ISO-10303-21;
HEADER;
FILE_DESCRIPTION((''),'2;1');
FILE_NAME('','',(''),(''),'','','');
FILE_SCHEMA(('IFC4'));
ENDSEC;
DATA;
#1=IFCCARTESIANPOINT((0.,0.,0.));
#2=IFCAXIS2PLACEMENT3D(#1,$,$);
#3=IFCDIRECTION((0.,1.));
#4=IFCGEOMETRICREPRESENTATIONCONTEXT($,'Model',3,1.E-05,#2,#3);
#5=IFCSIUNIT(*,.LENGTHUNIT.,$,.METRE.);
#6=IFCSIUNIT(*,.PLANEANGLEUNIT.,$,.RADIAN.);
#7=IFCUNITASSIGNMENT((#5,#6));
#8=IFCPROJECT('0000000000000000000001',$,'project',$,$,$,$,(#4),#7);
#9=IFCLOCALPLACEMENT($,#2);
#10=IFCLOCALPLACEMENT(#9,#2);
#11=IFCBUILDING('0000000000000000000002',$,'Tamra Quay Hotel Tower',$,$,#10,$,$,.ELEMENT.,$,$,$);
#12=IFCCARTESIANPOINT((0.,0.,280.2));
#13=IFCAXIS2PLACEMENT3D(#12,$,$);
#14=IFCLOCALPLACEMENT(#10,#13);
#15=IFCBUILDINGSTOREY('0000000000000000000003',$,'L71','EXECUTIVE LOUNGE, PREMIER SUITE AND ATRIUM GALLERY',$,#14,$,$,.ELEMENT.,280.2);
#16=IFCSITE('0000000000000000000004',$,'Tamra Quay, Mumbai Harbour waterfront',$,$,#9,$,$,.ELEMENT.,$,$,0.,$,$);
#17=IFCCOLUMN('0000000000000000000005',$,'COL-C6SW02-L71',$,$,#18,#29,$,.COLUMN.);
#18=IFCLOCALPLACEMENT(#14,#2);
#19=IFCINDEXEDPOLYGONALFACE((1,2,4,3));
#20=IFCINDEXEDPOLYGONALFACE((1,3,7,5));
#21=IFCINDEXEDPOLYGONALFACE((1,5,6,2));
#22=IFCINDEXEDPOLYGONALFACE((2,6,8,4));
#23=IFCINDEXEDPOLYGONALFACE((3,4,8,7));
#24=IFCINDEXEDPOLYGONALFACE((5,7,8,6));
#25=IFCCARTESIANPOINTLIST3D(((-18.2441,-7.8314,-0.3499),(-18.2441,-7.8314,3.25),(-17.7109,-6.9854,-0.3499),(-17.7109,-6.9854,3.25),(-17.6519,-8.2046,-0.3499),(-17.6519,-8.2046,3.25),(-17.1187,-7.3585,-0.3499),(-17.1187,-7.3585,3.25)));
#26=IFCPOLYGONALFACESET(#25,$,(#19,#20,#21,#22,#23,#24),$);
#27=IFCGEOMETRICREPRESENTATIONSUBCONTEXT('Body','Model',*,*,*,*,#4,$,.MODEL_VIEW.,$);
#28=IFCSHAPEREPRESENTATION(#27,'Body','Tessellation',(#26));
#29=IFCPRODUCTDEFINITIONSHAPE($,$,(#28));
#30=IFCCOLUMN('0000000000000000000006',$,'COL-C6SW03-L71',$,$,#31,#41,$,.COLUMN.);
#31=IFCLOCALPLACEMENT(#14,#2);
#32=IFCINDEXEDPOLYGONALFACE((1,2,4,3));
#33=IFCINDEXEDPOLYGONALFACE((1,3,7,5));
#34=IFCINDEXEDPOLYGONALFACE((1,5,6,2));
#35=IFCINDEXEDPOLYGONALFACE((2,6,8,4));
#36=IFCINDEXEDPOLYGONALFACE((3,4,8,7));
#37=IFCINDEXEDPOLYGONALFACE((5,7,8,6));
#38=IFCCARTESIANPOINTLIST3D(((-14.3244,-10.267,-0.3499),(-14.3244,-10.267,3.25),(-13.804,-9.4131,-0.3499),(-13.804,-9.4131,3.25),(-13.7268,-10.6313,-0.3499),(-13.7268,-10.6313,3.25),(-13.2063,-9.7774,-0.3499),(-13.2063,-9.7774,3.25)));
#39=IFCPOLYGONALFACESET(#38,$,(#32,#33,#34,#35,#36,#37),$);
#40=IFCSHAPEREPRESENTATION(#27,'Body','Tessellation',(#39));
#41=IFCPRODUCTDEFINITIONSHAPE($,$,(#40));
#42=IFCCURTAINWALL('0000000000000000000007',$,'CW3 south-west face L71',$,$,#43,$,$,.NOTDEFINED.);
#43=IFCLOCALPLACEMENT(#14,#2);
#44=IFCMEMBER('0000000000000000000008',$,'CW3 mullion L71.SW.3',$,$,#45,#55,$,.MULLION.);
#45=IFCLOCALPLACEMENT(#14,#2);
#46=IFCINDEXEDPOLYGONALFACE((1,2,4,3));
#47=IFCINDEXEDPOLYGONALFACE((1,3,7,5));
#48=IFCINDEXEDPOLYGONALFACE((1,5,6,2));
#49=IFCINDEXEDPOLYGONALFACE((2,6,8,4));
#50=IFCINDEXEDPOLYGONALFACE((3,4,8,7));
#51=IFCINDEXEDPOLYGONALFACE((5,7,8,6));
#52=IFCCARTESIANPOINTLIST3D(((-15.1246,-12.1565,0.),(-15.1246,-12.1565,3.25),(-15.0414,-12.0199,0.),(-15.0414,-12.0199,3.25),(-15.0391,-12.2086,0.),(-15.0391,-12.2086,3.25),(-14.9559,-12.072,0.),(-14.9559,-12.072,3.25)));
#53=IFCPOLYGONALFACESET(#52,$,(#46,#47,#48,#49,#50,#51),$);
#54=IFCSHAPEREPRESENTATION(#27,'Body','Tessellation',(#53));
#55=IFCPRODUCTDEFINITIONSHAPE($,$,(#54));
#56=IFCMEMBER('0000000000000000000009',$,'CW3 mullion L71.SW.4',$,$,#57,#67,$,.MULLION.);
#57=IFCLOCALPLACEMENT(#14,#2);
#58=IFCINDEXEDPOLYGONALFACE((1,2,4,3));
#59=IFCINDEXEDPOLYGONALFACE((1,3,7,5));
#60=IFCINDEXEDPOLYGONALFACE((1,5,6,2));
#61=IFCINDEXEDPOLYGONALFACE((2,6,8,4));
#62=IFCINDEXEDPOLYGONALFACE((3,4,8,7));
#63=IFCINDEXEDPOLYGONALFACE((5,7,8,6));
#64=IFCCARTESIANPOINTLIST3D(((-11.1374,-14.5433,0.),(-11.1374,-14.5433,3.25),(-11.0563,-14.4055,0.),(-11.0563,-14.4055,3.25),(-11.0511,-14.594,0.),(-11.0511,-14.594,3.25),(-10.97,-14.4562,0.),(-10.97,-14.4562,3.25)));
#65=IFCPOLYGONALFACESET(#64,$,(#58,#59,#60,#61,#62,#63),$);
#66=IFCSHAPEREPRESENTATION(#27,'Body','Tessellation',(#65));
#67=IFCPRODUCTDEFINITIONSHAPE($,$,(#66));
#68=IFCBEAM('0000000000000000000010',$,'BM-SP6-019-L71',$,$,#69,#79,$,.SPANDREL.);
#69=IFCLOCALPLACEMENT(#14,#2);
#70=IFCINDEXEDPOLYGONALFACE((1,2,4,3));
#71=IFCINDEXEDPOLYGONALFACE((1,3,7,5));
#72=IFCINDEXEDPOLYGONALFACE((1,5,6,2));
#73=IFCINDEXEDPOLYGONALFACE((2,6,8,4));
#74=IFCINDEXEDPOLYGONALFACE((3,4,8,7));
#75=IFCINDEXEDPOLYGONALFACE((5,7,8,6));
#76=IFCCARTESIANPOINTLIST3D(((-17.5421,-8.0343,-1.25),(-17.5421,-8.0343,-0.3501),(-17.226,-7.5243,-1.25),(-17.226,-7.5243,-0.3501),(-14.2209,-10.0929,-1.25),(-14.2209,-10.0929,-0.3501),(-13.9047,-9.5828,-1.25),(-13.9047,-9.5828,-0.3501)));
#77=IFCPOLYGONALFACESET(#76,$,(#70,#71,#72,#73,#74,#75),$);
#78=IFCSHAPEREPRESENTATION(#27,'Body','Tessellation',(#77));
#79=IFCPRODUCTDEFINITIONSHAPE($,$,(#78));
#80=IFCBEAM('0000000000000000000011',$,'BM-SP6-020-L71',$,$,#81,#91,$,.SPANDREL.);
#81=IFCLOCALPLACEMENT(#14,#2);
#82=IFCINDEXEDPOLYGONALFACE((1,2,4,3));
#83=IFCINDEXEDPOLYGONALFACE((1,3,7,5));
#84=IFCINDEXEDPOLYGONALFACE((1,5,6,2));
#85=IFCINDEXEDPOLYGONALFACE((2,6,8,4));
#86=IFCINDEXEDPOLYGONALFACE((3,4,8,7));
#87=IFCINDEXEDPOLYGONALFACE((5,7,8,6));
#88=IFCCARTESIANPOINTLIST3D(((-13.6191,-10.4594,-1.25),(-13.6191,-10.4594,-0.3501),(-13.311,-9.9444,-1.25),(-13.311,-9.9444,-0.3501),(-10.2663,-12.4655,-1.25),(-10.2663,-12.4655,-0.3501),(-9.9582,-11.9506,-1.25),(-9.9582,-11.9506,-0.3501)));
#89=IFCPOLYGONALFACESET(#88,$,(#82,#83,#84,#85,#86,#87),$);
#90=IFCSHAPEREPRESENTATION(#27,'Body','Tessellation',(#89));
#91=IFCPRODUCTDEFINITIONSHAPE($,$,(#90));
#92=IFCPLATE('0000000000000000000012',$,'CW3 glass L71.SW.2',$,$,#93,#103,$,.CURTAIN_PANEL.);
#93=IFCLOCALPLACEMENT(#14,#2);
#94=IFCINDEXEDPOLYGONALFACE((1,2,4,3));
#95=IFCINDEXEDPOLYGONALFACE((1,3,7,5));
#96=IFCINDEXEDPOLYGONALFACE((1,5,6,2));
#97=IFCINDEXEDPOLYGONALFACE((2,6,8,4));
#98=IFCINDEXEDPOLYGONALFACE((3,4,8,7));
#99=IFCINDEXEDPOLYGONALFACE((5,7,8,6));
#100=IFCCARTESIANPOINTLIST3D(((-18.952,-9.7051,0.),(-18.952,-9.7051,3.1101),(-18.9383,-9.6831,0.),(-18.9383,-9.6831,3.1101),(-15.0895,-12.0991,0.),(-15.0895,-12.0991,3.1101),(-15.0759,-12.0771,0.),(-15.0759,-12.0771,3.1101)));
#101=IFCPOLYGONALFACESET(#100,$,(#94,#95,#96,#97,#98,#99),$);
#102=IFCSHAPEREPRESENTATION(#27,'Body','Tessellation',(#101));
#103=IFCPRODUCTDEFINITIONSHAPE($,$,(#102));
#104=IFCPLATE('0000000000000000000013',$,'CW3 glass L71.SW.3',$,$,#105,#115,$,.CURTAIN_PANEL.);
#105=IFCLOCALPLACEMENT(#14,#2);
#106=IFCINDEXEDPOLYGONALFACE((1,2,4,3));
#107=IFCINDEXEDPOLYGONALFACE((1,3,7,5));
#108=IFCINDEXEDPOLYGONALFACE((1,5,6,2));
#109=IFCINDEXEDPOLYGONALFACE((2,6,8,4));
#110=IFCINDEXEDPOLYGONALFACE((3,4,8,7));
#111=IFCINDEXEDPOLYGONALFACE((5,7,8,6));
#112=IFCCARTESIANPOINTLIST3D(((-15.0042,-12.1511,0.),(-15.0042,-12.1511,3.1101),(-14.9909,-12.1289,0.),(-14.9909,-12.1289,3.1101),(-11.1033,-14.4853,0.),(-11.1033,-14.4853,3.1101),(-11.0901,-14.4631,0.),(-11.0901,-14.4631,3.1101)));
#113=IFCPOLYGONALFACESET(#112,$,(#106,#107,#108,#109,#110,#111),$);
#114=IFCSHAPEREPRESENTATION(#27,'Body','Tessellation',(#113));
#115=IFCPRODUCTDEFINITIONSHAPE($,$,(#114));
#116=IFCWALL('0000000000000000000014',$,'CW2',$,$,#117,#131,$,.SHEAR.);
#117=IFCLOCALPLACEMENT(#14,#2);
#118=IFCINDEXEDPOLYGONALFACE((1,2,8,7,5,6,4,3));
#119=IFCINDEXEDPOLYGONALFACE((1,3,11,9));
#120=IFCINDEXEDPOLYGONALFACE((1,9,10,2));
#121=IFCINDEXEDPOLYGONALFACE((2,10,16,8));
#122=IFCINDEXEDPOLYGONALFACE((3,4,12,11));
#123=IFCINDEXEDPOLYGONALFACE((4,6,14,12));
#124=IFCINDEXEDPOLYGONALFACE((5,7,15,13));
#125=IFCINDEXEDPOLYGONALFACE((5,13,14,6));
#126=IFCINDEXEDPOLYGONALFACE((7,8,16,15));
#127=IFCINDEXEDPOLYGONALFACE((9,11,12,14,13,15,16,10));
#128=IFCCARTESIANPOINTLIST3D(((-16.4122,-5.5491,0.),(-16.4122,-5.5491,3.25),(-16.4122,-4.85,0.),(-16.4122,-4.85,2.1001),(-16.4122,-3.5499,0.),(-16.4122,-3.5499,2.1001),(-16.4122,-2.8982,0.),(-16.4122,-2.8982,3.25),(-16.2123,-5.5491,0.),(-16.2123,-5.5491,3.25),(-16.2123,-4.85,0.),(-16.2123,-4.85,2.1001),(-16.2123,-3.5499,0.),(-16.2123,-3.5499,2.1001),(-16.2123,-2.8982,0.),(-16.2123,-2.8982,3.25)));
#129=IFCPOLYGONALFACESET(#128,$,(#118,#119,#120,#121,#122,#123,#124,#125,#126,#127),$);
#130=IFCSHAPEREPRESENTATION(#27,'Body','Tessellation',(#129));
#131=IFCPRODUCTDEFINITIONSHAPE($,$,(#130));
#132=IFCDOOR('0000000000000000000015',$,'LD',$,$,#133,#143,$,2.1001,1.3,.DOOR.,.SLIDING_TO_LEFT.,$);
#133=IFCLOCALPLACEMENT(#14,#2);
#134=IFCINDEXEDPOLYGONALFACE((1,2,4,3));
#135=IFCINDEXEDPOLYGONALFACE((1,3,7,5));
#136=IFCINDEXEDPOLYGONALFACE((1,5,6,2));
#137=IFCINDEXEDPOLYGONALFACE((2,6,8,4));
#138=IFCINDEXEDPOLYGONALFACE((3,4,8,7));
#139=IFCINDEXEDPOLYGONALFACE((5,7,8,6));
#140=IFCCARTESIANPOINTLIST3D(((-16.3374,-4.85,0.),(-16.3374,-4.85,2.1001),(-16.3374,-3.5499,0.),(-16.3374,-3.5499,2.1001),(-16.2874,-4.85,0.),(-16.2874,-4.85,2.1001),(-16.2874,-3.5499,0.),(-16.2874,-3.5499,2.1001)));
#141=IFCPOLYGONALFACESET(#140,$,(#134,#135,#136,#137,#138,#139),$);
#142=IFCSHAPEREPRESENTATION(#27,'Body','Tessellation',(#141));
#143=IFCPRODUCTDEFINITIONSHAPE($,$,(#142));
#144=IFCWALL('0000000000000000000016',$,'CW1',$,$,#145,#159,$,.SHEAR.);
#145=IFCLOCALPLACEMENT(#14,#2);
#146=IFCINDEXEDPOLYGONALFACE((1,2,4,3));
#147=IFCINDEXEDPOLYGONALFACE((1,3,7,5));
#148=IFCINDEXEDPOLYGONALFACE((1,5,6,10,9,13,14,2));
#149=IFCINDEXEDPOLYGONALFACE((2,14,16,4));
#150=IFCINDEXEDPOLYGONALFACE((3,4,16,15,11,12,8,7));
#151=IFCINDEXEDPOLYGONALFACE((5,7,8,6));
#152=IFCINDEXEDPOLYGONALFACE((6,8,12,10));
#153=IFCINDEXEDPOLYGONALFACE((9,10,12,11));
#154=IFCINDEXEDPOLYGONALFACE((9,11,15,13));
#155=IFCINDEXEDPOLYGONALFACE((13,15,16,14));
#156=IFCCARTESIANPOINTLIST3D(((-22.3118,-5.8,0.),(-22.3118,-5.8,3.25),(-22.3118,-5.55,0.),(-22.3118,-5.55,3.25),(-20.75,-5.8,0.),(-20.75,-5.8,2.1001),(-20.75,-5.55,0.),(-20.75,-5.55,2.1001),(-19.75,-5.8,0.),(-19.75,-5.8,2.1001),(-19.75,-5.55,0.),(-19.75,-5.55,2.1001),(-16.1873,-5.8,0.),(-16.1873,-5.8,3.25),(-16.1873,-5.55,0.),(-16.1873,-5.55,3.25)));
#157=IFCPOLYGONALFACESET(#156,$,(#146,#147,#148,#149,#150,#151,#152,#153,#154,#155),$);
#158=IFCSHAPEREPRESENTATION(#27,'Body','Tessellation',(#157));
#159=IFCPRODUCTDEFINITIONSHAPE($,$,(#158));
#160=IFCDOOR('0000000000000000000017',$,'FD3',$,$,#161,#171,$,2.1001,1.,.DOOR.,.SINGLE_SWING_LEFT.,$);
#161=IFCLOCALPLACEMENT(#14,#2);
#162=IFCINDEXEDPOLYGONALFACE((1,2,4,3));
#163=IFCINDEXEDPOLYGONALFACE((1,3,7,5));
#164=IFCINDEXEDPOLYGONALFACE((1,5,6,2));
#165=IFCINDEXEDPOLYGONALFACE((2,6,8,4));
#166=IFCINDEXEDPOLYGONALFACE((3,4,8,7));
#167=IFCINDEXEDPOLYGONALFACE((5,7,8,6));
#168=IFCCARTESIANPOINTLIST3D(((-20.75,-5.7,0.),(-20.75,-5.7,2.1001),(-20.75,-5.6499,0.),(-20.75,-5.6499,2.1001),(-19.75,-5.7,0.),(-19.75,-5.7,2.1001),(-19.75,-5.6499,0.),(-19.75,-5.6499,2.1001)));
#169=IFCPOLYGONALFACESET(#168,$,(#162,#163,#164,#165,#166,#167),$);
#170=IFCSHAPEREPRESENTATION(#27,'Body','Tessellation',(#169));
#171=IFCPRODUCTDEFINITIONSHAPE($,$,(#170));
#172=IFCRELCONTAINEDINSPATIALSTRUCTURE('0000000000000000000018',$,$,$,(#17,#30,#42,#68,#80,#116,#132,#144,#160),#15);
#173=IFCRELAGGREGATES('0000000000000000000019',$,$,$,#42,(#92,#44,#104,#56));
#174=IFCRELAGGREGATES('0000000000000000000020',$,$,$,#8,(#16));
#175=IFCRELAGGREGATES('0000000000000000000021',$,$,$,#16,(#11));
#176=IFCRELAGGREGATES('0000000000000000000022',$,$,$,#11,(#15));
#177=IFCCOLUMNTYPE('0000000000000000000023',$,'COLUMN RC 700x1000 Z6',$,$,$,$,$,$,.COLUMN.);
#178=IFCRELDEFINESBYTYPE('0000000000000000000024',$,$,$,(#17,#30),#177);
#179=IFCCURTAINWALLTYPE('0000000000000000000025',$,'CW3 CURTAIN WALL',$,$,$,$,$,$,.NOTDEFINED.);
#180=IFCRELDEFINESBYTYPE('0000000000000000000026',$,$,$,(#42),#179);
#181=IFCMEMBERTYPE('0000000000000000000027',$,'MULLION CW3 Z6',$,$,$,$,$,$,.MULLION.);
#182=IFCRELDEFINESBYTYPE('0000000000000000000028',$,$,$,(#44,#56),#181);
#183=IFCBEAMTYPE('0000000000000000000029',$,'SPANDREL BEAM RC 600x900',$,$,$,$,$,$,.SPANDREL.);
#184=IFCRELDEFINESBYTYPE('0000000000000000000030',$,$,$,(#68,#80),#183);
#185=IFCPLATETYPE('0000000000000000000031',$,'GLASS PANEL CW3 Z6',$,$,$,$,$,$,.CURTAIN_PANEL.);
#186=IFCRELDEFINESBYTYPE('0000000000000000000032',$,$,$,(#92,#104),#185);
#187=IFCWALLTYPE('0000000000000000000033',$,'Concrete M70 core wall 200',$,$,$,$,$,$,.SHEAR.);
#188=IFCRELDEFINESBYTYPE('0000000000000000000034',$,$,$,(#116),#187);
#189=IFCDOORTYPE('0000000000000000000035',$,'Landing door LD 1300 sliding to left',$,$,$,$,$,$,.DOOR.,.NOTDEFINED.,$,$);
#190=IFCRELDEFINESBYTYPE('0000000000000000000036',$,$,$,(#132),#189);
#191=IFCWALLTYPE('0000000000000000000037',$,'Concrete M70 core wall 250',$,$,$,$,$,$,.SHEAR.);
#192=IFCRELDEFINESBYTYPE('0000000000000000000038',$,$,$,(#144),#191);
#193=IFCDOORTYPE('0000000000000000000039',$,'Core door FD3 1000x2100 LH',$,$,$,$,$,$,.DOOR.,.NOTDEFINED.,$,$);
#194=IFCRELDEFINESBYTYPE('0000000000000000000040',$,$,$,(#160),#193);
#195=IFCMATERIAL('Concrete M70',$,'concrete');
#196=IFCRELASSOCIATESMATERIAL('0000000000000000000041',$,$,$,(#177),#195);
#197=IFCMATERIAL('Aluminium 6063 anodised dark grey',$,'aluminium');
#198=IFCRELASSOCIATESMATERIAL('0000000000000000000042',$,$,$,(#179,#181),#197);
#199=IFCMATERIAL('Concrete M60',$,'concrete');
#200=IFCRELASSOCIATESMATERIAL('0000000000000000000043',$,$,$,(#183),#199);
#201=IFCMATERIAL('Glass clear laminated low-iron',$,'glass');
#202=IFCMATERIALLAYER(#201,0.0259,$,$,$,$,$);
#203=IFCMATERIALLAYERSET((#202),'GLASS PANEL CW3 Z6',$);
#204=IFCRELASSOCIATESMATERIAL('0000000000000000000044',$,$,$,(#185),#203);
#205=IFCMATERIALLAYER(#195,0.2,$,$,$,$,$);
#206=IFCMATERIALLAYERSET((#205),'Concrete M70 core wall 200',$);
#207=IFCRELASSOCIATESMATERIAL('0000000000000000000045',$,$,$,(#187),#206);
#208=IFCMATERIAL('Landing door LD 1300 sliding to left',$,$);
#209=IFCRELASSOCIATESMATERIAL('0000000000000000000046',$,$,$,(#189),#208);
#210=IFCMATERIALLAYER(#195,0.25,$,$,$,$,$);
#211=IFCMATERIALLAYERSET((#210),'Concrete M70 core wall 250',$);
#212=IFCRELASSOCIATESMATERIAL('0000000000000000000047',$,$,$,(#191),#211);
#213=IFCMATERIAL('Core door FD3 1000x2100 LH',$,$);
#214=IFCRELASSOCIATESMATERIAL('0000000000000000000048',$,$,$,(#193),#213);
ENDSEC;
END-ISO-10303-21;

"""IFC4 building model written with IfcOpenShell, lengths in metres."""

from ifc_helpers import new_model, si_unit, direction, frame, frame_2d, origin, origin_2d, place, context, subcontext, project, spatial, rectangle, extrude, material, layer, layer_set, material_profile, profile_set, type_object, element, fill, aggregate, save


model = new_model("IFC4")

# Units and contexts
model_context = context("Model", 3, precision=1e-05, world=origin(), true_north=direction((0.0, 1.0)))
body_context = subcontext(model_context, "Body", "Model", "MODEL_VIEW")
ifc_project = project(units=[si_unit("LENGTHUNIT", "METRE"), si_unit("PLANEANGLEUNIT", "RADIAN")], contexts=[model_context])

# Site, building, storey
site_placement = place(None, origin())
site = spatial("IfcSite", under=ifc_project, at=site_placement, Name="Tamra Quay, Mumbai Harbour waterfront", CompositionType="ELEMENT", RefElevation=0.0)
building_placement = place(site_placement, origin())
building = spatial("IfcBuilding", under=site, at=building_placement, Name="Tamra Quay Hotel Tower", CompositionType="ELEMENT")
storey_placement = place(building_placement, frame((0.0, 0.0, 280.2)))
storey = spatial("IfcBuildingStorey", under=building, at=storey_placement, Name="L71", Description="EXECUTIVE LOUNGE, PREMIER SUITE AND ATRIUM GALLERY", CompositionType="ELEMENT", Elevation=280.2)

# Columns
ifc_material_1 = material(Name="Concrete M70", Category="concrete")
ifc_material_profile_1 = material_profile(ifc_material_1, rectangle(XDim=1.0, YDim=0.7, at=origin_2d()), Name="COLUMN RC 700x1000 Z6")
ifc_profile_set_1 = profile_set([ifc_material_profile_1], Name="Concrete M70")
column_type = type_object("IfcColumnType", Name="COLUMN RC 700x1000 Z6", PredefinedType="COLUMN", material=ifc_profile_set_1)
for number, where, z_axis, x_axis, name in (
    (1, (-17.6814, -7.595, -0.3499), (0.0, 0.0, 1.0), (0.533133, 0.846031, 0.0), "COL-C6SW02-L71"),
    (2, (-13.7654, -10.0222, -0.3499), (0.0, 0.0, 1.0), (0.52043, 0.853904, 0.0), "COL-C6SW03-L71"),
):
    element("IfcColumn", number, at=place(storey_placement, frame(where, z_axis=z_axis, x_axis=x_axis)), inside=storey, type_object=column_type, Name=name, PredefinedType="COLUMN", context=body_context, shape_type="SweptSolid", body=[
        extrude(rectangle(XDim=1.0, YDim=0.7, at=origin_2d()), origin(), (0.0, 0.0, 1.0), 3.5999),
    ])

# Curtain wall, members
ifc_material_2 = material(Name="Aluminium 6063 anodised dark grey", Category="aluminium")
curtain_wall_type = type_object("IfcCurtainWallType", Name="CW3 CURTAIN WALL", PredefinedType="NOTDEFINED", material=ifc_material_2)
curtain_wall_placement = place(storey_placement, origin())
curtain_wall = element("IfcCurtainWall", 3, at=curtain_wall_placement, inside=storey, type_object=curtain_wall_type, Name="CW3 south-west face L71", PredefinedType="NOTDEFINED")
ifc_material_profile_2 = material_profile(ifc_material_2, rectangle(XDim=0.1599, YDim=0.1001, at=origin_2d()), Name="MULLION 100X160")
ifc_profile_set_2 = profile_set([ifc_material_profile_2], Name="Aluminium 6063 anodised dark grey")
member_type = type_object("IfcMemberType", Name="MULLION CW3 Z6", PredefinedType="MULLION", material=ifc_profile_set_2)
member_1_placement = place(storey_placement, frame((-15.0403, -12.1143, 0.0), z_axis=(0.0, 0.0, 1.0), x_axis=(-0.520161, -0.854068, 0.0)))
member_1 = element("IfcMember", 4, at=member_1_placement, type_object=member_type, Name="CW3 mullion L71.SW.3", PredefinedType="MULLION", context=body_context, shape_type="SweptSolid", body=[
    extrude(rectangle(XDim=0.1599, YDim=0.1001, at=origin_2d()), origin(), (0.0, 0.0, 1.0), 3.25),
])
member_2_placement = place(storey_placement, frame((-11.0537, -14.4998, 0.0), z_axis=(0.0, 0.0, 1.0), x_axis=(-0.506754, -0.862091, 0.0)))
member_2 = element("IfcMember", 5, at=member_2_placement, type_object=member_type, Name="CW3 mullion L71.SW.4", PredefinedType="MULLION", context=body_context, shape_type="SweptSolid", body=[
    extrude(rectangle(XDim=0.1599, YDim=0.1001, at=origin_2d()), origin(), (0.0, 0.0, 1.0), 3.25),
])

# Beams
ifc_material_3 = material(Name="Concrete M60", Category="concrete")
ifc_material_profile_3 = material_profile(ifc_material_3, rectangle(XDim=0.6001, YDim=0.8999, at=origin_2d()), Name="SPANDREL BEAM RC 600x900")
ifc_profile_set_3 = profile_set([ifc_material_profile_3], Name="Concrete M60")
beam_type = type_object("IfcBeamType", Name="SPANDREL BEAM RC 600x900", PredefinedType="SPANDREL", material=ifc_profile_set_3)
beam_1_placement = place(storey_placement, frame((-17.384, -7.7793, -0.8), z_axis=(0.849972, -0.526828, 0.0), x_axis=(0.526828, 0.849972, 0.0)))
element("IfcBeam", 6, at=beam_1_placement, inside=storey, type_object=beam_type, Name="BM-SP6-019-L71", PredefinedType="SPANDREL", context=body_context, shape_type="SweptSolid", body=[
    extrude(rectangle(XDim=0.6001, YDim=0.8999, at=origin_2d()), origin(), (0.0, 0.0, 1.0), 3.9075),
])
beam_2_placement = place(storey_placement, frame((-13.4651, -10.2019, -0.8), z_axis=(0.858121, -0.513448, 0.0), x_axis=(0.513448, 0.858121, 0.0)))
element("IfcBeam", 7, at=beam_2_placement, inside=storey, type_object=beam_type, Name="BM-SP6-020-L71", PredefinedType="SPANDREL", context=body_context, shape_type="SweptSolid", body=[
    extrude(rectangle(XDim=0.6001, YDim=0.8999, at=origin_2d()), origin(), (0.0, 0.0, 1.0), 3.9072),
])

# Plates
ifc_material_4 = material(Name="Glass clear laminated low-iron", Category="glass")
ifc_layer_1 = layer(ifc_material_4, 0.0259)
ifc_layer_set_1 = layer_set([ifc_layer_1], Name="GLASS PANEL CW3 Z6")
plate_type = type_object("IfcPlateType", Name="GLASS PANEL CW3 Z6", PredefinedType="CURTAIN_PANEL", material=ifc_layer_set_1)
plate_1_placement = place(storey_placement, frame((-17.0139, -10.8911, 0.0), z_axis=(0.0, 0.0, 1.0), x_axis=(0.849982, -0.526812, 0.0)))
plate_1 = element("IfcPlate", 8, at=plate_1_placement, type_object=plate_type, Name="CW3 glass L71.SW.2", PredefinedType="CURTAIN_PANEL", context=body_context, shape_type="SweptSolid", body=[
    extrude(rectangle(XDim=4.5442, YDim=0.0259, at=origin_2d()), origin(), (0.0, 0.0, 1.0), 3.1101),
])
plate_2_placement = place(storey_placement, frame((-13.0471, -13.3071, 0.0), z_axis=(0.0, 0.0, 1.0), x_axis=(0.858103, -0.513477, 0.0)))
plate_2 = element("IfcPlate", 9, at=plate_2_placement, type_object=plate_type, Name="CW3 glass L71.SW.3", PredefinedType="CURTAIN_PANEL", context=body_context, shape_type="SweptSolid", body=[
    extrude(rectangle(XDim=4.5459, YDim=0.0259, at=origin_2d()), origin(), (0.0, 0.0, 1.0), 3.1101),
])
aggregate(curtain_wall, [plate_1, member_1, plate_2, member_2])

# Walls, openings, doors
ifc_layer_2 = layer(ifc_material_1, 0.2)
ifc_layer_set_2 = layer_set([ifc_layer_2], Name="Concrete M70 core wall 200")
wall_type_1 = type_object("IfcWallType", Name="Concrete M70 core wall 200", PredefinedType="SHEAR", material=ifc_layer_set_2)
wall_1_placement = place(storey_placement, frame((-16.3123, -2.8982, 0.0), z_axis=(0.0, 0.0, 1.0), x_axis=(0.0, -1.0, 0.0)))
wall_1 = element("IfcWall", 10, at=wall_1_placement, inside=storey, type_object=wall_type_1, Name="CW2", PredefinedType="SHEAR", context=body_context, shape_type="SweptSolid", body=[
    extrude(rectangle(XDim=2.6509, YDim=0.2, at=frame_2d((1.3254, 0.0))), origin(), (0.0, 0.0, 1.0), 3.25),
])
opening_1_placement = place(wall_1_placement, frame((0.6519, 0.0, 0.0)))
opening_1 = element("IfcOpeningElement", 11, at=opening_1_placement, cuts=wall_1, PredefinedType="OPENING", context=body_context, shape_type="SweptSolid", body=[
    extrude(rectangle(XDim=1.3, YDim=2.1001, at=frame_2d((0.6499, 1.05))), frame((0.0, 0.1099, 0.0), z_axis=(0.0, -1.0, 0.0), x_axis=(1.0, 0.0, 0.0)), (0.0, 0.0, 1.0), 0.22),
])
ifc_material_5 = material(Name="Landing door LD 1300 sliding to left")
door_type_1 = type_object("IfcDoorType", Name="Landing door LD 1300 sliding to left", OperationType="NOTDEFINED", PredefinedType="DOOR", material=ifc_material_5)
door_1_placement = place(opening_1_placement, origin())
door_1 = element("IfcDoor", 12, at=door_1_placement, inside=storey, type_object=door_type_1, Name="LD", OperationType="SLIDING_TO_LEFT", OverallHeight=2.1001, OverallWidth=1.3, PredefinedType="DOOR", context=body_context, shape_type="SweptSolid", body=[
    extrude(rectangle(XDim=1.3, YDim=2.1001, at=frame_2d((0.6499, 1.05))), frame((0.0, 0.0249, 0.0), z_axis=(0.0, -1.0, 0.0), x_axis=(1.0, 0.0, 0.0)), (0.0, 0.0, 1.0), 0.05),
])
fill(opening_1, door_1)
ifc_layer_3 = layer(ifc_material_1, 0.25)
ifc_layer_set_3 = layer_set([ifc_layer_3], Name="Concrete M70 core wall 250")
wall_type_2 = type_object("IfcWallType", Name="Concrete M70 core wall 250", PredefinedType="SHEAR", material=ifc_layer_set_3)
wall_2_placement = place(storey_placement, frame((-16.1873, -5.675, 0.0), z_axis=(0.0, 0.0, 1.0), x_axis=(-1.0, 0.0, 0.0)))
wall_2 = element("IfcWall", 13, at=wall_2_placement, inside=storey, type_object=wall_type_2, Name="CW1", PredefinedType="SHEAR", context=body_context, shape_type="SweptSolid", body=[
    extrude(rectangle(XDim=6.1245, YDim=0.25, at=frame_2d((3.0623, 0.0))), origin(), (0.0, 0.0, 1.0), 3.25),
])
opening_2_placement = place(wall_2_placement, frame((3.5627, 0.0, 0.0)))
opening_2 = element("IfcOpeningElement", 14, at=opening_2_placement, cuts=wall_2, PredefinedType="OPENING", context=body_context, shape_type="SweptSolid", body=[
    extrude(rectangle(XDim=1.0, YDim=2.1001, at=frame_2d((0.5, 1.05))), frame((0.0, 0.135, 0.0), z_axis=(0.0, -1.0, 0.0), x_axis=(1.0, 0.0, 0.0)), (0.0, 0.0, 1.0), 0.27),
])
ifc_material_6 = material(Name="Core door FD3 1000x2100 LH")
door_type_2 = type_object("IfcDoorType", Name="Core door FD3 1000x2100 LH", OperationType="NOTDEFINED", PredefinedType="DOOR", material=ifc_material_6)
door_2_placement = place(opening_2_placement, origin())
door_2 = element("IfcDoor", 15, at=door_2_placement, inside=storey, type_object=door_type_2, Name="FD3", OperationType="SINGLE_SWING_LEFT", OverallHeight=2.1001, OverallWidth=1.0, PredefinedType="DOOR", context=body_context, shape_type="SweptSolid", body=[
    extrude(rectangle(XDim=1.0, YDim=2.1001, at=frame_2d((0.5, 1.05))), frame((0.0, 0.0249, 0.0), z_axis=(0.0, -1.0, 0.0), x_axis=(1.0, 0.0, 0.0)), (0.0, 0.0, 1.0), 0.05),
])
fill(opening_2, door_2)

save(model, "model.ifc")
